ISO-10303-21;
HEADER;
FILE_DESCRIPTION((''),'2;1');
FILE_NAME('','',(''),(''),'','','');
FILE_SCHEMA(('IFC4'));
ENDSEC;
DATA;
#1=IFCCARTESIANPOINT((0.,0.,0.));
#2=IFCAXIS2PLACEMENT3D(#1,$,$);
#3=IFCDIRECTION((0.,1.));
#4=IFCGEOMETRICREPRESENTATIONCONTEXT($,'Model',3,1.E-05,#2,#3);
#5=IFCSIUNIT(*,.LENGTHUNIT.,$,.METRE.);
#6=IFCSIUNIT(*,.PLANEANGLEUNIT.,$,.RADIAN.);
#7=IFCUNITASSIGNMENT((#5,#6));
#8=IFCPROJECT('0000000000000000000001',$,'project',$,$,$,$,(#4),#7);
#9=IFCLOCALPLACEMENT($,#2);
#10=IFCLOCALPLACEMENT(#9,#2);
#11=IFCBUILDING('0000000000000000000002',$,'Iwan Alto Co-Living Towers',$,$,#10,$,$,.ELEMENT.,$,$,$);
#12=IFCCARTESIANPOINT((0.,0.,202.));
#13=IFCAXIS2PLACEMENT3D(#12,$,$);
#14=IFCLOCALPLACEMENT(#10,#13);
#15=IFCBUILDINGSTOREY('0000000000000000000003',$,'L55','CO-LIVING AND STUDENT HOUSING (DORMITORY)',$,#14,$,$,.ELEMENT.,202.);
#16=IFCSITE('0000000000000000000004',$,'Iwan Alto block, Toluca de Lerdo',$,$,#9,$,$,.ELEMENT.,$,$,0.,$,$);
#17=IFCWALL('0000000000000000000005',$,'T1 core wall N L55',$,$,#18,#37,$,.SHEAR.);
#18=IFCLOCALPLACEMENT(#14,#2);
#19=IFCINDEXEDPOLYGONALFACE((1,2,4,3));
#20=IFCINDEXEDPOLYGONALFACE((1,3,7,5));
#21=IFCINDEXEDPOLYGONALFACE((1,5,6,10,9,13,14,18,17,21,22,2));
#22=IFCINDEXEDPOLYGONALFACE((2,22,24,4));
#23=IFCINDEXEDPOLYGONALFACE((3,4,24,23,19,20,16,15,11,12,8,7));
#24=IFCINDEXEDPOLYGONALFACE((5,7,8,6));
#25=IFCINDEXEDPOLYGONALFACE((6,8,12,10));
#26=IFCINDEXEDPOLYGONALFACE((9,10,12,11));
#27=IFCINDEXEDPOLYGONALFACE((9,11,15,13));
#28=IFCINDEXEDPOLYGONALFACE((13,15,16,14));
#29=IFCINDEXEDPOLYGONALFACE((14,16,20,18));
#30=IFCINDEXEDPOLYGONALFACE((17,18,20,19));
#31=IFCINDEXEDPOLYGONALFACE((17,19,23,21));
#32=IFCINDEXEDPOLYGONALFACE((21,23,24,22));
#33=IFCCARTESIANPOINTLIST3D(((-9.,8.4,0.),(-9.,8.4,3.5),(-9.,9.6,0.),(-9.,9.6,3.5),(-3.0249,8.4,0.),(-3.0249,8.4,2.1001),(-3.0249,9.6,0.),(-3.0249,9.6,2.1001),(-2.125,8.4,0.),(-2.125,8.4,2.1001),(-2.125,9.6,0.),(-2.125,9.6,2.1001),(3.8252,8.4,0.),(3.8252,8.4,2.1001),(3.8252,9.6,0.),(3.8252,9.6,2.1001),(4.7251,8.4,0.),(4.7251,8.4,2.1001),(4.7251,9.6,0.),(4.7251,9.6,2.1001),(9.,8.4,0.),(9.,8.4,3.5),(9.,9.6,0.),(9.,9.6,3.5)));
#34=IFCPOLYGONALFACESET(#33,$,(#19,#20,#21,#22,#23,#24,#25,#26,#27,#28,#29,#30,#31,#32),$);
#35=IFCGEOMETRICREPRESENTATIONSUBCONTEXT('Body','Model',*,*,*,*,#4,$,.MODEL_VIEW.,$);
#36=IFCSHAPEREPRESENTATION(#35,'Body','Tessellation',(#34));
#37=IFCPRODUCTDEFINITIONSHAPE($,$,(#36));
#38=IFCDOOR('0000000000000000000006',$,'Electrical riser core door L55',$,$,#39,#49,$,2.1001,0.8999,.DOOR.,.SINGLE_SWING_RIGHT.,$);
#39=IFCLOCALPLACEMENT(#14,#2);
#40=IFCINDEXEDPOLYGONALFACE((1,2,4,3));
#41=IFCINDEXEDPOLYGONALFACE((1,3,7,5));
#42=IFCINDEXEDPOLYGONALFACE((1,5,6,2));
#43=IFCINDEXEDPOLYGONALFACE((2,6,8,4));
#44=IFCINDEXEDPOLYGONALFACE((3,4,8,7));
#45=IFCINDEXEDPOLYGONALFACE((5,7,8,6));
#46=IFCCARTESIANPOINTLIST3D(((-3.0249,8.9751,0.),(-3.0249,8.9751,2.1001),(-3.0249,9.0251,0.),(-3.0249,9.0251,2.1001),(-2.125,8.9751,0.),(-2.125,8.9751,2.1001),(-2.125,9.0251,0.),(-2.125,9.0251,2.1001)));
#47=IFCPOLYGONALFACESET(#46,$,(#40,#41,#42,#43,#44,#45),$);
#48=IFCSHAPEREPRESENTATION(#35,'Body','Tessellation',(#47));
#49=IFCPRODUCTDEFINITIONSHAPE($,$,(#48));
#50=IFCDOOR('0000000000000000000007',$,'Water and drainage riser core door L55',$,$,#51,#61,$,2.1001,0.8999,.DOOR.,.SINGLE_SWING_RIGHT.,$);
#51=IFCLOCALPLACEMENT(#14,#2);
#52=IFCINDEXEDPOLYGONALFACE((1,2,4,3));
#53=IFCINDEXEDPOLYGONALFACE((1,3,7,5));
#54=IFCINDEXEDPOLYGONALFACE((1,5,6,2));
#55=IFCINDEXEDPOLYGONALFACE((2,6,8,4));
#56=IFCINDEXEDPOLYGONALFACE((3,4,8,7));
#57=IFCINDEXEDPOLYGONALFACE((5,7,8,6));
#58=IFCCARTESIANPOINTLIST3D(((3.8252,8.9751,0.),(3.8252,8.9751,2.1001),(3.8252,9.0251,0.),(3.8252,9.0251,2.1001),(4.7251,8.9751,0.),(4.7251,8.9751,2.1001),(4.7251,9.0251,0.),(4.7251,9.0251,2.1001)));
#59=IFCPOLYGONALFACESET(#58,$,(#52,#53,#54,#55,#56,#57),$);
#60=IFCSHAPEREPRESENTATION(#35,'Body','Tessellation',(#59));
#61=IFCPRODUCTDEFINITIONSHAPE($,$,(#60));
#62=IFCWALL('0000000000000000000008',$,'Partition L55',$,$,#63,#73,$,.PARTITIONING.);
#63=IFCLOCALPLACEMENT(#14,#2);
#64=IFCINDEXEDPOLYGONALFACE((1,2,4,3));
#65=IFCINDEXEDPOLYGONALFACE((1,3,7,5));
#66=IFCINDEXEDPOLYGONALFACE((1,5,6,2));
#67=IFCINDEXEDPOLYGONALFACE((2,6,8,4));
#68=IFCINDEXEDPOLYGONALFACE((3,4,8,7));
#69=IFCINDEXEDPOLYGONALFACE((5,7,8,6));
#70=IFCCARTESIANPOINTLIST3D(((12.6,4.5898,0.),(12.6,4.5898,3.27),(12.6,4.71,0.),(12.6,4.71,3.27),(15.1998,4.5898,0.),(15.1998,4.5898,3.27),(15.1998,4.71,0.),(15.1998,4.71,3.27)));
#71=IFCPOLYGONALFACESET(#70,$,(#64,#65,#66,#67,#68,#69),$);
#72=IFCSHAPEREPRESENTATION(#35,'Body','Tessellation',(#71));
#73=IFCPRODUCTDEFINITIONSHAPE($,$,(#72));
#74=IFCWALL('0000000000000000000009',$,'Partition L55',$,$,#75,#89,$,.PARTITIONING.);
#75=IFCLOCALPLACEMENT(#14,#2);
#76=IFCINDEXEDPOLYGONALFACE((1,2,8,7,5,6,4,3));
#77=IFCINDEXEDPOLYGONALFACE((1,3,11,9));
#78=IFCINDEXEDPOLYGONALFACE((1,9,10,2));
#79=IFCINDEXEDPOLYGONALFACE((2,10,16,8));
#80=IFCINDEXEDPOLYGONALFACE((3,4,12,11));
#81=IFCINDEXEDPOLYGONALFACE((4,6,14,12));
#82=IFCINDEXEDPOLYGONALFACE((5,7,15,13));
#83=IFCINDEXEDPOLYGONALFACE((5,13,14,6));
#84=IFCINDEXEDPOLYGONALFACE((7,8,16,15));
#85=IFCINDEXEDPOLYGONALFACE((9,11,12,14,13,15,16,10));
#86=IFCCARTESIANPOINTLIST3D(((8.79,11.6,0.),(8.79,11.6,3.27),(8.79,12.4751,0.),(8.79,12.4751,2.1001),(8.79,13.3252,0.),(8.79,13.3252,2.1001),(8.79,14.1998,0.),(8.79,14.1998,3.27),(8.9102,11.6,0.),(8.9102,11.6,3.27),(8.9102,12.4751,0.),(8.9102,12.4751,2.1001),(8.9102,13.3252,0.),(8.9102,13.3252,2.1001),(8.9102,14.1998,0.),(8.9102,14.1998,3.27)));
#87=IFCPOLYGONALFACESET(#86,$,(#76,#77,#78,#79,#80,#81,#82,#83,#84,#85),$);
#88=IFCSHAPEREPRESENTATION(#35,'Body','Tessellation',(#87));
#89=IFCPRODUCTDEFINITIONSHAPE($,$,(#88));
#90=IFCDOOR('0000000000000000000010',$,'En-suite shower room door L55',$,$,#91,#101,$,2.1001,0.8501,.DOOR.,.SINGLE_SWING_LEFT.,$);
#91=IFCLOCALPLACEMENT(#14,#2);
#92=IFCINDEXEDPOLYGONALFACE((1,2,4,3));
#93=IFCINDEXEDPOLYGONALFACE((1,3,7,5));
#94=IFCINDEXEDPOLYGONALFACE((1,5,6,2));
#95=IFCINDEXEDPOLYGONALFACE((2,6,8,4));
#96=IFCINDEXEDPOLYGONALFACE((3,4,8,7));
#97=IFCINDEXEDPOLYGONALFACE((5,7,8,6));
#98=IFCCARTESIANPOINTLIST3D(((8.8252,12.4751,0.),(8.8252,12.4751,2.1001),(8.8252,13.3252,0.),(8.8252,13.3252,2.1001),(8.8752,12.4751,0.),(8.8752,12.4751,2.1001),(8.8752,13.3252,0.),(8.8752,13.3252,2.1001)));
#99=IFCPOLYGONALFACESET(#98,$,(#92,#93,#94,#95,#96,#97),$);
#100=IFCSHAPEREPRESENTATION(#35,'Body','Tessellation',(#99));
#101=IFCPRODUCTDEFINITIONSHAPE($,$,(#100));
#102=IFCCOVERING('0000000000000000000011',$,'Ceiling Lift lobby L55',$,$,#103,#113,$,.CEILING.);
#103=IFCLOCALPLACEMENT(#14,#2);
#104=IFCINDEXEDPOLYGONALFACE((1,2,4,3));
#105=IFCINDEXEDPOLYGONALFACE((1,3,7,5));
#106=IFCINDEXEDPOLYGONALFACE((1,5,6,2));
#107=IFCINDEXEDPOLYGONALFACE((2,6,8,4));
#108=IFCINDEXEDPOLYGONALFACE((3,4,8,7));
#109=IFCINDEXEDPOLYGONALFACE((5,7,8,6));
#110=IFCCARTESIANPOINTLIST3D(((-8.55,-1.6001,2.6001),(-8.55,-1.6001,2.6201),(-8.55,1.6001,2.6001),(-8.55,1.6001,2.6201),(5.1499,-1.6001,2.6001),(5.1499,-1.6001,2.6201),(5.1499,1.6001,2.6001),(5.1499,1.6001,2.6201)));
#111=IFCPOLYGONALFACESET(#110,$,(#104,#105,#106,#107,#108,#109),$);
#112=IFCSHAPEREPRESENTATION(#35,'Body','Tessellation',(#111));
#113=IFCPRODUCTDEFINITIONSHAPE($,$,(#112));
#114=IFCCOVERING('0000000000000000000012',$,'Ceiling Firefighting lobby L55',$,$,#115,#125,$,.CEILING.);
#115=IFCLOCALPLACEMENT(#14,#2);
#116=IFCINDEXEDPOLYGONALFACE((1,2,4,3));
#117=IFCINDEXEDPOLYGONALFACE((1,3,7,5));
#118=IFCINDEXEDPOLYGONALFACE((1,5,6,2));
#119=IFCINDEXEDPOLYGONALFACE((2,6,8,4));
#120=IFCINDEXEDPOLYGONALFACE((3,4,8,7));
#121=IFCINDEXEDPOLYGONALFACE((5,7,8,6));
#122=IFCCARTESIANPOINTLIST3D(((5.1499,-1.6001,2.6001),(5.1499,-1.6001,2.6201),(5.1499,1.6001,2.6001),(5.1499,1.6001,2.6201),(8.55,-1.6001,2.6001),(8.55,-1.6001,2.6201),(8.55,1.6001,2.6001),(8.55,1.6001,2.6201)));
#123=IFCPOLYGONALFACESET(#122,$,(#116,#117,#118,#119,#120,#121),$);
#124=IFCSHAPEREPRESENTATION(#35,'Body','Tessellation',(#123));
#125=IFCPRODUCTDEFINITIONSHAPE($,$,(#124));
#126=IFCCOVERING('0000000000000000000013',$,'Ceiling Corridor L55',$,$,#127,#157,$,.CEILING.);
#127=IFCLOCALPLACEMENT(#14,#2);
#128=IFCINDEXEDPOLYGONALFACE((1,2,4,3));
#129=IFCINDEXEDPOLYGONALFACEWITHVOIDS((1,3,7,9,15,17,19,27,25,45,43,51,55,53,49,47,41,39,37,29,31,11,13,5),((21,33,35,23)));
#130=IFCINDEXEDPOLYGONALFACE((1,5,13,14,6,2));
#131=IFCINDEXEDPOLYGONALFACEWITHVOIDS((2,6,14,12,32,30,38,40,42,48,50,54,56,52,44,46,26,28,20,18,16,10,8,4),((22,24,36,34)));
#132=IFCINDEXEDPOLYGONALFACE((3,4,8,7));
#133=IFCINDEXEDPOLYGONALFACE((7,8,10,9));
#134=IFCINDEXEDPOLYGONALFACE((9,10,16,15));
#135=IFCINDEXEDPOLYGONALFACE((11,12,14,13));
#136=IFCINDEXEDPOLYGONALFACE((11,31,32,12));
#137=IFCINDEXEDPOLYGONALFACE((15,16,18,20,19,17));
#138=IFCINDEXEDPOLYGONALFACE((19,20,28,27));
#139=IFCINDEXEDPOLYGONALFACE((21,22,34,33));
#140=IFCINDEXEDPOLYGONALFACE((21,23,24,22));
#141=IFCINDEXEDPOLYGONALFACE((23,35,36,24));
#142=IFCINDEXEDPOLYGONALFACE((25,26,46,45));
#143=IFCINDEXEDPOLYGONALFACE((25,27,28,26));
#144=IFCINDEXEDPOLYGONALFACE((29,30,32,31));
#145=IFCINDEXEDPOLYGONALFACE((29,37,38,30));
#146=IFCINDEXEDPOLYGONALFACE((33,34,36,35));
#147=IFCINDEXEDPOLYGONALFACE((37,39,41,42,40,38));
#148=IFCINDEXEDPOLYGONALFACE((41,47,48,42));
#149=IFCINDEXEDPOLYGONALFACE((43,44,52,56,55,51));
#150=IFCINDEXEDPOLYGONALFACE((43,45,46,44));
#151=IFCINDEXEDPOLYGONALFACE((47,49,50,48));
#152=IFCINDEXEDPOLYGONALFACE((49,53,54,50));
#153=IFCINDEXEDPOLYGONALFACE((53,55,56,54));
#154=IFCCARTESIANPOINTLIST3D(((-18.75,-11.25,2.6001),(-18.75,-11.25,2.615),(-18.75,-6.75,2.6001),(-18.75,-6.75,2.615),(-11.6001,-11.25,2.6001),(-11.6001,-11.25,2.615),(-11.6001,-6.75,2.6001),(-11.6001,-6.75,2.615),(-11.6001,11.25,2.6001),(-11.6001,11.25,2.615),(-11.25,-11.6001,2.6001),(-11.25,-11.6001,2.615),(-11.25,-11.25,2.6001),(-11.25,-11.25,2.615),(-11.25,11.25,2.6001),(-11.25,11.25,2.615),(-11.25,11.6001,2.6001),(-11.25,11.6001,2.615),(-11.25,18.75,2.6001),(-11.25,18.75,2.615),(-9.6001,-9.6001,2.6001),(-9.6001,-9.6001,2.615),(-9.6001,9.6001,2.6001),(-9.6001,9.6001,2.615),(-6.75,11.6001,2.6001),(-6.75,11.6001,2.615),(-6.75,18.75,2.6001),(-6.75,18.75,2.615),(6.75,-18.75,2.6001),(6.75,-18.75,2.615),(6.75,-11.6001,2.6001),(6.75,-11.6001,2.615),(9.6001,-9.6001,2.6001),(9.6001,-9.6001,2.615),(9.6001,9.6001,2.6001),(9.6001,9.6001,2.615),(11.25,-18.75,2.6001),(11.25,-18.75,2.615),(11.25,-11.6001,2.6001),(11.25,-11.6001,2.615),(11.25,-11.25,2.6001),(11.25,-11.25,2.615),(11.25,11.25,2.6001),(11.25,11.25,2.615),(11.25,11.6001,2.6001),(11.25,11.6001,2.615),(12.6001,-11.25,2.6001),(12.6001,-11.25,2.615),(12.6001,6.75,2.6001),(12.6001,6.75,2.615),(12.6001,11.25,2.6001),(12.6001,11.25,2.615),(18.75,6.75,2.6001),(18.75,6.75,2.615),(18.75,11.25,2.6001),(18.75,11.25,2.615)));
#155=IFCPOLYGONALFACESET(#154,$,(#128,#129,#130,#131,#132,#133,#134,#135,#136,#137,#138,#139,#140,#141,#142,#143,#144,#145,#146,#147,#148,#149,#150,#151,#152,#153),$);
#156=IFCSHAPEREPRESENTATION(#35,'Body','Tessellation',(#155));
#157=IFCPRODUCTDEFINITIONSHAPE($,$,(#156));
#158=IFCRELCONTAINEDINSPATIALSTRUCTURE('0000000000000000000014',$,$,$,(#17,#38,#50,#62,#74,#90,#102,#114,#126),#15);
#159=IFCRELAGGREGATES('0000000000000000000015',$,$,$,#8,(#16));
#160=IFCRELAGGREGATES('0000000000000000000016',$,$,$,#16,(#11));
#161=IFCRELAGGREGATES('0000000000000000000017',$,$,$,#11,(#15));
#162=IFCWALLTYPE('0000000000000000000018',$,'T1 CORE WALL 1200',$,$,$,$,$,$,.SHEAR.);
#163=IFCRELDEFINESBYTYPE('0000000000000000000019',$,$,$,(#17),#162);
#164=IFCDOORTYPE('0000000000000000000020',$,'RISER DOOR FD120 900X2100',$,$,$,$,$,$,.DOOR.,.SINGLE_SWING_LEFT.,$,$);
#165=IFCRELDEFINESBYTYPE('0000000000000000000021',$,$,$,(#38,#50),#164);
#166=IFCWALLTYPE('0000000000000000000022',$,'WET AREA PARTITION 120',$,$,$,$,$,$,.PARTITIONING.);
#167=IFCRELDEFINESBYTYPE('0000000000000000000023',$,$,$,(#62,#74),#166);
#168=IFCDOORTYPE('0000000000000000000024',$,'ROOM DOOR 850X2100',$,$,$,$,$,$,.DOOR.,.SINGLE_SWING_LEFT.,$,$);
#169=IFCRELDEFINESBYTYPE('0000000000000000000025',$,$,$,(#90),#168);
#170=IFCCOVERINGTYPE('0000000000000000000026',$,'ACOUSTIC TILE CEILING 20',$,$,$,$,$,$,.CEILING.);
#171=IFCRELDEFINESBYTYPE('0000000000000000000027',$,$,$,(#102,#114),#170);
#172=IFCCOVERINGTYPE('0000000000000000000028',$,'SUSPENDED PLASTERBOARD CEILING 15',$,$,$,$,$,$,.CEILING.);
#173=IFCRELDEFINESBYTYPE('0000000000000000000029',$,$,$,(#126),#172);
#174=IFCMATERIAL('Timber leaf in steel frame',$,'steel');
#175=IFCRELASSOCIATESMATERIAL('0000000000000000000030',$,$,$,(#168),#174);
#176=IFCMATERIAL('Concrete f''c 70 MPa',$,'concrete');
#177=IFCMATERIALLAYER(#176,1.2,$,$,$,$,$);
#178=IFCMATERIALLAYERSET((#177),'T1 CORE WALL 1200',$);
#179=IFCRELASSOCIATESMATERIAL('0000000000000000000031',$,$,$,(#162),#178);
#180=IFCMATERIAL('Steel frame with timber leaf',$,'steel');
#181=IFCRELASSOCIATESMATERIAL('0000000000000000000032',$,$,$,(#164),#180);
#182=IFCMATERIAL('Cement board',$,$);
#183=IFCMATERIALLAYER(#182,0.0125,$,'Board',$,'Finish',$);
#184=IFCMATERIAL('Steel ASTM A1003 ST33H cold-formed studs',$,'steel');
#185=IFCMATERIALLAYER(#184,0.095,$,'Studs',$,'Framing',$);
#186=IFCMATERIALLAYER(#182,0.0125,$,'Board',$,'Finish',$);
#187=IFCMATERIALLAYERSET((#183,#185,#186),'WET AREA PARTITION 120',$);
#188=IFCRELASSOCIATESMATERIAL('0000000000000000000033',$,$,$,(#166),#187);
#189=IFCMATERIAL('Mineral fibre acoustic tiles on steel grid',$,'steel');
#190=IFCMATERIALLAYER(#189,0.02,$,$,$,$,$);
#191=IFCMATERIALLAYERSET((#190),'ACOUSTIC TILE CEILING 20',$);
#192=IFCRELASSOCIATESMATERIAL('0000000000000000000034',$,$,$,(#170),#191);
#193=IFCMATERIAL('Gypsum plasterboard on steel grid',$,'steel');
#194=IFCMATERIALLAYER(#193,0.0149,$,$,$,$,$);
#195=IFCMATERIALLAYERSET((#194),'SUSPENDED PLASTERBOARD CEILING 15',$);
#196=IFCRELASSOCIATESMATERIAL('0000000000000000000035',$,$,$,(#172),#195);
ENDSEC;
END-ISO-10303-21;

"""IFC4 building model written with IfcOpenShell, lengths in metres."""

from ifc_helpers import new_model, si_unit, direction, frame, frame_2d, origin, place, context, subcontext, project, spatial, polyline, rectangle, outline, extrude, material, layer, layer_set, type_object, element, fill, save


model = new_model("IFC4")

# Units and contexts
model_context = context("Model", 3, precision=1e-05, world=origin(), true_north=direction((0.0, 1.0)))
body_context = subcontext(model_context, "Body", "Model", "MODEL_VIEW")
ifc_project = project(units=[si_unit("LENGTHUNIT", "METRE"), si_unit("PLANEANGLEUNIT", "RADIAN")], contexts=[model_context])

# Site, building, storey
site_placement = place(None, origin())
site = spatial("IfcSite", under=ifc_project, at=site_placement, Name="Iwan Alto block, Toluca de Lerdo", CompositionType="ELEMENT", RefElevation=0.0)
building_placement = place(site_placement, origin())
building = spatial("IfcBuilding", under=site, at=building_placement, Name="Iwan Alto Co-Living Towers", CompositionType="ELEMENT")
storey_placement = place(building_placement, frame((0.0, 0.0, 202.0)))
storey = spatial("IfcBuildingStorey", under=building, at=storey_placement, Name="L55", Description="CO-LIVING AND STUDENT HOUSING (DORMITORY)", CompositionType="ELEMENT", Elevation=202.0)

# Shared definitions
ifc_material_1 = material(Name="Steel ASTM A1003 ST33H cold-formed studs", Category="steel")

# Shared definitions
ifc_material_2 = material(Name="Timber leaf in steel frame", Category="steel")
door_type_1 = type_object("IfcDoorType", Name="ROOM DOOR 850X2100", OperationType="SINGLE_SWING_LEFT", PredefinedType="DOOR", material=ifc_material_2)

# Wall, openings, doors
ifc_material_3 = material(Name="Concrete f'c 70 MPa", Category="concrete")
ifc_layer_1 = layer(ifc_material_3, 1.2)
ifc_layer_set_1 = layer_set([ifc_layer_1], Name="T1 CORE WALL 1200")
wall_type_1 = type_object("IfcWallType", Name="T1 CORE WALL 1200", PredefinedType="SHEAR", material=ifc_layer_set_1)
wall_1_placement = place(storey_placement, frame((9.0, 9.0, 0.0), z_axis=(0.0, 0.0, 1.0), x_axis=(-1.0, 0.0, 0.0)))
wall_1 = element("IfcWall", 1, at=wall_1_placement, inside=storey, type_object=wall_type_1, Name="T1 core wall N L55", PredefinedType="SHEAR", context=body_context, shape_type="SweptSolid", body=[
    extrude(rectangle(XDim=18.0, YDim=1.2, at=frame_2d((9.0, 0.0))), origin(), (0.0, 0.0, 1.0), 3.5),
])
opening_1_placement = place(wall_1_placement, frame((11.125, 0.0, 0.0)))
opening_1 = element("IfcOpeningElement", 2, at=opening_1_placement, cuts=wall_1, PredefinedType="OPENING", context=body_context, shape_type="SweptSolid", body=[
    extrude(rectangle(XDim=0.8999, YDim=2.1001, at=frame_2d((0.45, 1.05))), frame((0.0, 0.6099, 0.0), z_axis=(0.0, -1.0, 0.0), x_axis=(1.0, 0.0, 0.0)), (0.0, 0.0, 1.0), 1.22),
])
opening_2_placement = place(wall_1_placement, frame((4.2749, 0.0, 0.0)))
opening_2 = element("IfcOpeningElement", 3, at=opening_2_placement, cuts=wall_1, PredefinedType="OPENING", context=body_context, shape_type="SweptSolid", body=[
    extrude(rectangle(XDim=0.8999, YDim=2.1001, at=frame_2d((0.45, 1.05))), frame((0.0, 0.6099, 0.0), z_axis=(0.0, -1.0, 0.0), x_axis=(1.0, 0.0, 0.0)), (0.0, 0.0, 1.0), 1.22),
])
ifc_material_4 = material(Name="Steel frame with timber leaf", Category="steel")
door_type_2 = type_object("IfcDoorType", Name="RISER DOOR FD120 900X2100", OperationType="SINGLE_SWING_LEFT", PredefinedType="DOOR", material=ifc_material_4)
door_1_placement = place(opening_1_placement, origin())
door_1 = element("IfcDoor", 4, at=door_1_placement, inside=storey, type_object=door_type_2, Name="Electrical riser core door L55", OperationType="SINGLE_SWING_RIGHT", OverallHeight=2.1001, OverallWidth=0.8999, PredefinedType="DOOR", context=body_context, shape_type="SweptSolid", body=[
    extrude(rectangle(XDim=0.8999, YDim=2.1001, at=frame_2d((0.45, 1.05))), frame((0.0, 0.0249, 0.0), z_axis=(0.0, -1.0, 0.0), x_axis=(1.0, 0.0, 0.0)), (0.0, 0.0, 1.0), 0.05),
])
fill(opening_1, door_1)
door_2_placement = place(opening_2_placement, origin())
door_2 = element("IfcDoor", 5, at=door_2_placement, inside=storey, type_object=door_type_2, Name="Water and drainage riser core door L55", OperationType="SINGLE_SWING_RIGHT", OverallHeight=2.1001, OverallWidth=0.8999, PredefinedType="DOOR", context=body_context, shape_type="SweptSolid", body=[
    extrude(rectangle(XDim=0.8999, YDim=2.1001, at=frame_2d((0.45, 1.05))), frame((0.0, 0.0249, 0.0), z_axis=(0.0, -1.0, 0.0), x_axis=(1.0, 0.0, 0.0)), (0.0, 0.0, 1.0), 0.05),
])
fill(opening_2, door_2)

# Wall
ifc_material_5 = material(Name="Cement board")
ifc_layer_2 = layer(ifc_material_5, 0.0125, Name="Board", Category="Finish")
ifc_layer_3 = layer(ifc_material_1, 0.095, Name="Studs", Category="Framing")
ifc_layer_4 = layer(ifc_material_5, 0.0125, Name="Board", Category="Finish")
ifc_layer_set_2 = layer_set([ifc_layer_2, ifc_layer_3, ifc_layer_4], Name="WET AREA PARTITION 120")
wall_type_2 = type_object("IfcWallType", Name="WET AREA PARTITION 120", PredefinedType="PARTITIONING", material=ifc_layer_set_2)
wall_2_placement = place(storey_placement, frame((12.6001, 4.6499, 0.0), z_axis=(0.0, 0.0, 1.0), x_axis=(1.0, 0.0, 0.0)))
element("IfcWall", 6, at=wall_2_placement, inside=storey, type_object=wall_type_2, Name="Partition L55", PredefinedType="PARTITIONING", context=body_context, shape_type="SweptSolid", body=[
    extrude(rectangle(XDim=2.5999, YDim=0.1201, at=frame_2d((1.2998, 0.0))), origin(), (0.0, 0.0, 1.0), 3.27),
])

# Wall, opening, door
wall_3_placement = place(storey_placement, frame((8.8501, 11.6001, 0.0), z_axis=(0.0, 0.0, 1.0), x_axis=(0.0, 1.0, 0.0)))
wall_3 = element("IfcWall", 7, at=wall_3_placement, inside=storey, type_object=wall_type_2, Name="Partition L55", PredefinedType="PARTITIONING", context=body_context, shape_type="SweptSolid", body=[
    extrude(rectangle(XDim=2.5999, YDim=0.1201, at=frame_2d((1.2998, 0.0))), origin(), (0.0, 0.0, 1.0), 3.27),
])
opening_3_placement = place(wall_3_placement, frame((0.875, 0.0, 0.0)))
opening_3 = element("IfcOpeningElement", 8, at=opening_3_placement, cuts=wall_3, PredefinedType="OPENING", context=body_context, shape_type="SweptSolid", body=[
    extrude(rectangle(XDim=0.8501, YDim=2.1001, at=frame_2d((0.425, 1.05))), frame((0.0, 0.0701, 0.0), z_axis=(0.0, -1.0, 0.0), x_axis=(1.0, 0.0, 0.0)), (0.0, 0.0, 1.0), 0.1401),
])
door_3_placement = place(opening_3_placement, origin())
door_3 = element("IfcDoor", 9, at=door_3_placement, inside=storey, type_object=door_type_1, Name="En-suite shower room door L55", OperationType="SINGLE_SWING_LEFT", OverallHeight=2.1001, OverallWidth=0.8501, PredefinedType="DOOR", context=body_context, shape_type="SweptSolid", body=[
    extrude(rectangle(XDim=0.8501, YDim=2.1001, at=frame_2d((0.425, 1.05))), frame((0.0, 0.0249, 0.0), z_axis=(0.0, -1.0, 0.0), x_axis=(1.0, 0.0, 0.0)), (0.0, 0.0, 1.0), 0.05),
])
fill(opening_3, door_3)

# Coverings
ifc_material_6 = material(Name="Mineral fibre acoustic tiles on steel grid", Category="steel")
ifc_layer_5 = layer(ifc_material_6, 0.02)
ifc_layer_set_3 = layer_set([ifc_layer_5], Name="ACOUSTIC TILE CEILING 20")
covering_type_1 = type_object("IfcCoveringType", Name="ACOUSTIC TILE CEILING 20", PredefinedType="CEILING", material=ifc_layer_set_3)
covering_1_placement = place(storey_placement, frame((0.0, 0.0, 2.6001)))
element("IfcCovering", 10, at=covering_1_placement, inside=storey, type_object=covering_type_1, Name="Ceiling Lift lobby L55", PredefinedType="CEILING", context=body_context, shape_type="SweptSolid", body=[
    extrude(outline(polyline([(-8.55, -1.6001), (-8.55, 1.6001), (5.1499, 1.6001), (5.1499, -1.6001), (-8.55, -1.6001)])), origin(), (0.0, 0.0, 1.0), 0.02),
])
covering_2_placement = place(storey_placement, frame((0.0, 0.0, 2.6001)))
element("IfcCovering", 11, at=covering_2_placement, inside=storey, type_object=covering_type_1, Name="Ceiling Firefighting lobby L55", PredefinedType="CEILING", context=body_context, shape_type="SweptSolid", body=[
    extrude(outline(polyline([(5.1499, -1.6001), (5.1499, 1.6001), (8.55, 1.6001), (8.55, -1.6001), (5.1499, -1.6001)])), origin(), (0.0, 0.0, 1.0), 0.02),
])
ifc_material_7 = material(Name="Gypsum plasterboard on steel grid", Category="steel")
ifc_layer_6 = layer(ifc_material_7, 0.0149)
ifc_layer_set_4 = layer_set([ifc_layer_6], Name="SUSPENDED PLASTERBOARD CEILING 15")
covering_type_2 = type_object("IfcCoveringType", Name="SUSPENDED PLASTERBOARD CEILING 15", PredefinedType="CEILING", material=ifc_layer_set_4)
covering_3_placement = place(storey_placement, frame((0.0, 0.0, 2.6001)))
element("IfcCovering", 12, at=covering_3_placement, inside=storey, type_object=covering_type_2, Name="Ceiling Corridor L55", PredefinedType="CEILING", context=body_context, shape_type="SweptSolid", body=[
    extrude(outline(polyline([(-18.75, -11.25), (-18.75, -6.75), (-11.6001, -6.75), (-11.6001, 11.25), (-11.25, 11.25), (-11.25, 11.6001), (-11.25, 18.75), (-6.75, 18.75), (-6.75, 11.6001), (11.25, 11.6001), (11.25, 11.25), (12.6001, 11.25), (18.75, 11.25), (18.75, 6.75), (12.6001, 6.75), (12.6001, -11.25), (11.25, -11.25), (11.25, -11.6001), (11.25, -18.75), (6.75, -18.75), (6.75, -11.6001), (-11.25, -11.6001), (-11.25, -11.25), (-11.6001, -11.25), (-18.75, -11.25)]), holes=[polyline([(9.6001, 9.6001), (-9.6001, 9.6001), (-9.6001, -9.6001), (9.6001, -9.6001), (9.6001, 9.6001)])]), origin(), (0.0, 0.0, 1.0), 0.0149),
])

save(model, "model.ifc")
